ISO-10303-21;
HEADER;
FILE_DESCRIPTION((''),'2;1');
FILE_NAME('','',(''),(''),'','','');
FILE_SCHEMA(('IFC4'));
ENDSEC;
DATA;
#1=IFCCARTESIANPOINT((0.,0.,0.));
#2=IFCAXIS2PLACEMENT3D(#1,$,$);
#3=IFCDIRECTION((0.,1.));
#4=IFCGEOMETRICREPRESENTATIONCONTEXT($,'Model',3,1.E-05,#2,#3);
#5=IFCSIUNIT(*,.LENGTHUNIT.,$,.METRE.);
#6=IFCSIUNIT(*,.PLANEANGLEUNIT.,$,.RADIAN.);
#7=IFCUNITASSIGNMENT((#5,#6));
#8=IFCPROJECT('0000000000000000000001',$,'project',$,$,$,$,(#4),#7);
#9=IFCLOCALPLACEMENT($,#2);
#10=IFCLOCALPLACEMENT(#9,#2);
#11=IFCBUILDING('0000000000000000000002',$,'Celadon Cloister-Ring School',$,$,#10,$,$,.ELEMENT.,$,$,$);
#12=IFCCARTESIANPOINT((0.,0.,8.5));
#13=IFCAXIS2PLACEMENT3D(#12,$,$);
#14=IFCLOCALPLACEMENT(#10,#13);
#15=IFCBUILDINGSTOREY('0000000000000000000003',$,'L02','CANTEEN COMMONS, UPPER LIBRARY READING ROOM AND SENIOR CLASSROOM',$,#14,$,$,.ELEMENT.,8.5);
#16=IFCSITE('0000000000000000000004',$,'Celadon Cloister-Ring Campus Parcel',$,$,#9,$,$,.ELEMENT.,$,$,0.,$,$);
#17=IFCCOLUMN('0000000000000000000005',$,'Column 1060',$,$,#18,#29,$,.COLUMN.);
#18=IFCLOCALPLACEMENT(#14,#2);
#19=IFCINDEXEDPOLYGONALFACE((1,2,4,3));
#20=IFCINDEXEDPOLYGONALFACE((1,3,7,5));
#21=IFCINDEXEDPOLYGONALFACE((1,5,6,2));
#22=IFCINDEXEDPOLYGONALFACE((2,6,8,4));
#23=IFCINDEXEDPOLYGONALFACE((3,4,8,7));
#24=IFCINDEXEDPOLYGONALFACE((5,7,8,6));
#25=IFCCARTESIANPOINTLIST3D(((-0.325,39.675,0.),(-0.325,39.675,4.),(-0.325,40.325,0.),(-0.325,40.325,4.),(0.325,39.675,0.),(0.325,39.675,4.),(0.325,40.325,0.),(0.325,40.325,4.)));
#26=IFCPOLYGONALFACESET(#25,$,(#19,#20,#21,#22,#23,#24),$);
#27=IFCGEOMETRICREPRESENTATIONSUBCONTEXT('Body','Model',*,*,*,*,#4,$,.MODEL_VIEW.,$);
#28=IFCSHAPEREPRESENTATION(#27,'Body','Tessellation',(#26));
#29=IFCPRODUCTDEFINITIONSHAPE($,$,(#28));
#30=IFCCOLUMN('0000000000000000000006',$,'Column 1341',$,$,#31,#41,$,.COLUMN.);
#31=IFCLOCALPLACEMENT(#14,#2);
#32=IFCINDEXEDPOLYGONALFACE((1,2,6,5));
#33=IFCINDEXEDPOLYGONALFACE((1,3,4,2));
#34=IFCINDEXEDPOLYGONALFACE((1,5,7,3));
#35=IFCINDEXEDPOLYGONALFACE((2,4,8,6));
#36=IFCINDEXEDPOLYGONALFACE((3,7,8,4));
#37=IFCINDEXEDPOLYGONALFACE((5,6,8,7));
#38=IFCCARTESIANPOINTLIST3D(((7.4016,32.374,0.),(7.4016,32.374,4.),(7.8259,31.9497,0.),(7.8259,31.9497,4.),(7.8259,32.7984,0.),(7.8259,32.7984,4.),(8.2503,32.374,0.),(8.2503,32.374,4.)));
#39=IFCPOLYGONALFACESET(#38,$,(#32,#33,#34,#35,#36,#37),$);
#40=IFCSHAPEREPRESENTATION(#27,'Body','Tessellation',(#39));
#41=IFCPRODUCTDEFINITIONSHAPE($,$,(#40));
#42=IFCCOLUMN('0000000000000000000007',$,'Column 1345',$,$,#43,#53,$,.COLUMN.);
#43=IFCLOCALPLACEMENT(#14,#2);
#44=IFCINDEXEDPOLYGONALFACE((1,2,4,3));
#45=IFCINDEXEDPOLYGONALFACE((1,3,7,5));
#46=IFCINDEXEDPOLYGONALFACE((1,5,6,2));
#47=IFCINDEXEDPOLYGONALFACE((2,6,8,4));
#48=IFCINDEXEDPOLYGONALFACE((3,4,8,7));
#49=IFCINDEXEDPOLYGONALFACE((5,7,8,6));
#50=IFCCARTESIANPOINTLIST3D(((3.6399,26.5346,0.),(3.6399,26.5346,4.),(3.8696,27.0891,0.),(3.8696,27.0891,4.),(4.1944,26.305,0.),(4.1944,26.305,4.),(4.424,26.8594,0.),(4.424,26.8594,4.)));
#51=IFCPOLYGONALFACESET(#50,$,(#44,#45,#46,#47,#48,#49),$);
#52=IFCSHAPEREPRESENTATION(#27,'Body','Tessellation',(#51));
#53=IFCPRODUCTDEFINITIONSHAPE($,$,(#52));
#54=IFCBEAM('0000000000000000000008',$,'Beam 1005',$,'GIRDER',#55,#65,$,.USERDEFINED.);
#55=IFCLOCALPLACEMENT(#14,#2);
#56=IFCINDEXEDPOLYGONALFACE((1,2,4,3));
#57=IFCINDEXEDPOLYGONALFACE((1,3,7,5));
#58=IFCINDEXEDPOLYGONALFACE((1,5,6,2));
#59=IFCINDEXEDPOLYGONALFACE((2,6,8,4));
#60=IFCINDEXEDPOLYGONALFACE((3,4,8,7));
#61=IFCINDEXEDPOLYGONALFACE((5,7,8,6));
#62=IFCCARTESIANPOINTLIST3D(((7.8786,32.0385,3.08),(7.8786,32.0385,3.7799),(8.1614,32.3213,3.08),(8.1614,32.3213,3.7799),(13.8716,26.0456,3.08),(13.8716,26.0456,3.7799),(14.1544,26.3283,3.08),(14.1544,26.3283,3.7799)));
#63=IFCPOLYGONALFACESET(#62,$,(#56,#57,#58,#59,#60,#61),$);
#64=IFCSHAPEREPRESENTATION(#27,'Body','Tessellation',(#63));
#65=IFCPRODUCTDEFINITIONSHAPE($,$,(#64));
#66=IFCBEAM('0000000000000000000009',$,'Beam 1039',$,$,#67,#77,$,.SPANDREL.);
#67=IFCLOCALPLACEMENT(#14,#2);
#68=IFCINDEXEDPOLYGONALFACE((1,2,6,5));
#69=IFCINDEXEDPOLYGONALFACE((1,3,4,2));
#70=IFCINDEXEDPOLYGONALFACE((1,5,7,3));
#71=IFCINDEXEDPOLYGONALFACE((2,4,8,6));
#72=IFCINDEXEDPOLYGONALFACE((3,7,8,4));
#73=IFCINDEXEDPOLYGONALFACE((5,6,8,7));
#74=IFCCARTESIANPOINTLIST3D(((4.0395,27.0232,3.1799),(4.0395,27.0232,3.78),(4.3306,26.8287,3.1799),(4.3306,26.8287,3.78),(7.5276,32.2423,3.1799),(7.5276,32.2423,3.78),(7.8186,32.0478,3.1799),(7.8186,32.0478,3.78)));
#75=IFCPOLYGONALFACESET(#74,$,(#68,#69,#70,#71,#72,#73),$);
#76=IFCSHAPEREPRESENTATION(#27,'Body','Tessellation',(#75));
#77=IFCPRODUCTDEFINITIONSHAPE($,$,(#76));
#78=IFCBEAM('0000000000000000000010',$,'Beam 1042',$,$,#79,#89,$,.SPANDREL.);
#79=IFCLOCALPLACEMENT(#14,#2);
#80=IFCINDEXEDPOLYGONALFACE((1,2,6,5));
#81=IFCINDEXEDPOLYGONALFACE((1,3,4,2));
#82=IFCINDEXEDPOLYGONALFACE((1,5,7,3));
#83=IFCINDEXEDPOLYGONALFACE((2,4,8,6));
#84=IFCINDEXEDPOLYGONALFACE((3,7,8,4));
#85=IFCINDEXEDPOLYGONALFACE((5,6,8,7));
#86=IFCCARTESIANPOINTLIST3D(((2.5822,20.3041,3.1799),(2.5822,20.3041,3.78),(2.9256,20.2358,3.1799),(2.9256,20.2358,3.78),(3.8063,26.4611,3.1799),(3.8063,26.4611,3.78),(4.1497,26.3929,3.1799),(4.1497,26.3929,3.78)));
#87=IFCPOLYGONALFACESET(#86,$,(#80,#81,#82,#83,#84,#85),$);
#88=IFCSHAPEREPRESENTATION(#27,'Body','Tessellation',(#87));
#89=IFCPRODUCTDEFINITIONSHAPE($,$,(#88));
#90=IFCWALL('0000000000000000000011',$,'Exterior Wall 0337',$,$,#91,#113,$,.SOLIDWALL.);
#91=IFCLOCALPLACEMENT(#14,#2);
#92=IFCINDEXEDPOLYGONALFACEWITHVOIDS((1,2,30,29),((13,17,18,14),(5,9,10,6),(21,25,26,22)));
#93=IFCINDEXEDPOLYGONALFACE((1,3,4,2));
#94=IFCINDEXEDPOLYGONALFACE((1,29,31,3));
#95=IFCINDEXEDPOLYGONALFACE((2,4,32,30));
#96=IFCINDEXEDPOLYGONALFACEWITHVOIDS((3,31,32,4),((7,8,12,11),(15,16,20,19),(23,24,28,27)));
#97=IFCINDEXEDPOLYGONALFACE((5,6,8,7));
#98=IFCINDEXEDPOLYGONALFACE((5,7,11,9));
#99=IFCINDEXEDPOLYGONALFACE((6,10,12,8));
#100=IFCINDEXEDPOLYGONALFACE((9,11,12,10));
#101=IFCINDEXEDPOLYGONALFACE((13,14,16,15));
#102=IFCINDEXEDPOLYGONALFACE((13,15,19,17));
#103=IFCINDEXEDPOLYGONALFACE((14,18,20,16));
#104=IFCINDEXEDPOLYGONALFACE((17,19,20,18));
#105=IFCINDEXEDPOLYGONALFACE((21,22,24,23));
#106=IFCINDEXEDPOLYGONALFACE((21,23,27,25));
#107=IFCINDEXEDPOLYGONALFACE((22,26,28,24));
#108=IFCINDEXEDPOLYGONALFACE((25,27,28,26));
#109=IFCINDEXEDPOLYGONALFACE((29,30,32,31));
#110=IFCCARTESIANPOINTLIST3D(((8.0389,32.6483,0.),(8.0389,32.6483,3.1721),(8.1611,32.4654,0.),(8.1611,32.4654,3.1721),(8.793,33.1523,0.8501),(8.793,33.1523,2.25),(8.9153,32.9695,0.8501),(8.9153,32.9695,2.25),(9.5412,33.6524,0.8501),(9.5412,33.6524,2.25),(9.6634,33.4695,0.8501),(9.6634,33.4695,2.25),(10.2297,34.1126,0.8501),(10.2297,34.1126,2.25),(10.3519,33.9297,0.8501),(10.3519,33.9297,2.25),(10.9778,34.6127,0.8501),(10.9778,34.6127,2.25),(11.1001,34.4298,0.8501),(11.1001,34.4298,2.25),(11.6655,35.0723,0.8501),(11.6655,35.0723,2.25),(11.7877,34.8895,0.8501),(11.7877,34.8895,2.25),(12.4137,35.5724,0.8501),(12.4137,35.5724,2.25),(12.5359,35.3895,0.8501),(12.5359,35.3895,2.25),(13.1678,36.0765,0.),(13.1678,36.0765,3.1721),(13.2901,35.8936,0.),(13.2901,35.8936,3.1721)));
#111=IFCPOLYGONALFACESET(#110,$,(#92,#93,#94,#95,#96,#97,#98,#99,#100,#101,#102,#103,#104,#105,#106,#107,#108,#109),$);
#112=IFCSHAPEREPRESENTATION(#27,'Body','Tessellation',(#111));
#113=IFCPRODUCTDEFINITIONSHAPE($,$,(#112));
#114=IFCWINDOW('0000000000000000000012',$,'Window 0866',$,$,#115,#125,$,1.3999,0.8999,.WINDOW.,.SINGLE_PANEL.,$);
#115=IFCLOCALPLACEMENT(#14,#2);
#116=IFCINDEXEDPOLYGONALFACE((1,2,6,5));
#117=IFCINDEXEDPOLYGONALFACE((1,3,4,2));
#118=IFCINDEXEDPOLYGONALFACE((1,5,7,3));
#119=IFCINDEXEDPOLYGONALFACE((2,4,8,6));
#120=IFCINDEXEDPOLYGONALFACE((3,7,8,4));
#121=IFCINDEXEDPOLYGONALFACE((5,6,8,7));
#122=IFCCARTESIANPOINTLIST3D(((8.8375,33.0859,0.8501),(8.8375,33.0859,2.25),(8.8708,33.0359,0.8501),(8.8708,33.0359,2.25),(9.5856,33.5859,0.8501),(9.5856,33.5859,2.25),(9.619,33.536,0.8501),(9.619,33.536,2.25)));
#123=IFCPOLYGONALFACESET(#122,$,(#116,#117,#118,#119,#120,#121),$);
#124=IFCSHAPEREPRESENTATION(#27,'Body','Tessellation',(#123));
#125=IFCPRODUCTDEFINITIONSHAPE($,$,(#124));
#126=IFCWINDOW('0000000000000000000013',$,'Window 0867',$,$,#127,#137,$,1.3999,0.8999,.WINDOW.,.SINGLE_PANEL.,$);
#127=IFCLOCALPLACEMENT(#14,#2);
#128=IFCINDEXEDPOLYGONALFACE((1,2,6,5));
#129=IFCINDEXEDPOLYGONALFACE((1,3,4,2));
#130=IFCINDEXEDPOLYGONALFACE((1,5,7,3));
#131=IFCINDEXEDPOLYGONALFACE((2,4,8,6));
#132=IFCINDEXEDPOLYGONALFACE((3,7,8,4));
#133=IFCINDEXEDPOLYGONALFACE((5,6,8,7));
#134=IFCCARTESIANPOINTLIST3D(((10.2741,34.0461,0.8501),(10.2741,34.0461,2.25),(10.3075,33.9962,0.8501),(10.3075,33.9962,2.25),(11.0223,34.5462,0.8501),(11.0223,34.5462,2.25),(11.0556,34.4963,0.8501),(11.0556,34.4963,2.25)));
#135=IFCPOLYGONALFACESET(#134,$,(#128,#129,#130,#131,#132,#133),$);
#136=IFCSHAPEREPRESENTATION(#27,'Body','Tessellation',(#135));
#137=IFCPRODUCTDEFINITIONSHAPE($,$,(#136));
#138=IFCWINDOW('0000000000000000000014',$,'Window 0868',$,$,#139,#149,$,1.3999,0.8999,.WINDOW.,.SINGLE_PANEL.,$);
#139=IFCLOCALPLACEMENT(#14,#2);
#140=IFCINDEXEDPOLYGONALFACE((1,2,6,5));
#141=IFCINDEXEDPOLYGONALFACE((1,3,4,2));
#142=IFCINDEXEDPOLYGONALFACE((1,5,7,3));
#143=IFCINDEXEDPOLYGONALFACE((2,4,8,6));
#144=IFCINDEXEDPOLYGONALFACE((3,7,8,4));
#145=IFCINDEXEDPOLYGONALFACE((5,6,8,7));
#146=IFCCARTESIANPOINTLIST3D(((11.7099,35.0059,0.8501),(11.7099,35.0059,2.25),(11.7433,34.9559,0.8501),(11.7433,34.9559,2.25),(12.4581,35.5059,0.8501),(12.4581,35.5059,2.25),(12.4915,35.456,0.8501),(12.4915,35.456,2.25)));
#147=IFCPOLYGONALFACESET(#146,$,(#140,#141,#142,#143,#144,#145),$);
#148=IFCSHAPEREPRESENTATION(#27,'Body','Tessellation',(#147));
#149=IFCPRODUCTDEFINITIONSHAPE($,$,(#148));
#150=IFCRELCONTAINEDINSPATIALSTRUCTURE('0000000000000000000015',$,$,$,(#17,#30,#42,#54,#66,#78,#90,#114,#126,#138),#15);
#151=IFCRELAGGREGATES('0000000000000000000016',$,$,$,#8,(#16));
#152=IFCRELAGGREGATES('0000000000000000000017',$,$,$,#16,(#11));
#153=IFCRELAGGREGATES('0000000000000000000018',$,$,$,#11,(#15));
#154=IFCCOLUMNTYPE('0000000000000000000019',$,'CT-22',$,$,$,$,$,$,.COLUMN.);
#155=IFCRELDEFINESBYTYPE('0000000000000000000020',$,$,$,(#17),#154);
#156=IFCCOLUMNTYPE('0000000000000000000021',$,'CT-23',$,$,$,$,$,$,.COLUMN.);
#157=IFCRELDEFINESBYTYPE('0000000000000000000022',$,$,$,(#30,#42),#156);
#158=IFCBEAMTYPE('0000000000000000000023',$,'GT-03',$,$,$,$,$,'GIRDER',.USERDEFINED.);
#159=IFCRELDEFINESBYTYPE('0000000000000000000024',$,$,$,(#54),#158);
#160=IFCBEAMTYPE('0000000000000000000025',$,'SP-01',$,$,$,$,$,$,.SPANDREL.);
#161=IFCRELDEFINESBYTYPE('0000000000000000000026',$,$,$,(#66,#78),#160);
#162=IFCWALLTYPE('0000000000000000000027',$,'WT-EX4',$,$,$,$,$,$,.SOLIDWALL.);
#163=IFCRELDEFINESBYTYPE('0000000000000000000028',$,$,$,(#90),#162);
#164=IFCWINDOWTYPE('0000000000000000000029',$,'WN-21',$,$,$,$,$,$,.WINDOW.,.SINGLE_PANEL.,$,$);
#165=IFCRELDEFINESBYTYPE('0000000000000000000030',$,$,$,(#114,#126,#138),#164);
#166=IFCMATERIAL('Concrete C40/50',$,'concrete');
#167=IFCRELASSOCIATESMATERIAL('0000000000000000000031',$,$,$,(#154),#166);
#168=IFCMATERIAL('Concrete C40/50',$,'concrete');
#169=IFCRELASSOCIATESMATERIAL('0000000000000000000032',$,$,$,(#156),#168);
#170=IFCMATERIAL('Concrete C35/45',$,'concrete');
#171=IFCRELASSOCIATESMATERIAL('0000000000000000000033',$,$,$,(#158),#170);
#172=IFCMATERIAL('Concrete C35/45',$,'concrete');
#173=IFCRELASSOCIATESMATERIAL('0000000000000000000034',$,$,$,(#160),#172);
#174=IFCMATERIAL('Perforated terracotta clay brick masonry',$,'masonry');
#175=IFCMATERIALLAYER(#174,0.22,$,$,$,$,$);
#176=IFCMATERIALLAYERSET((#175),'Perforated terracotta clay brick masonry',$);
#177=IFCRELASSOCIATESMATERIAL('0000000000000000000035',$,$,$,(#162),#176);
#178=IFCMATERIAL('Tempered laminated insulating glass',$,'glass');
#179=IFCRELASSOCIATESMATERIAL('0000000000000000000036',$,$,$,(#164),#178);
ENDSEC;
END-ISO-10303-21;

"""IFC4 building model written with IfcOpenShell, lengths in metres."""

from ifc_helpers import new_model, si_unit, direction, frame, frame_2d, origin, origin_2d, place, context, subcontext, project, spatial, rectangle, extrude, material, layer, layer_set, material_profile, profile_set, type_object, element, fill, save


model = new_model("IFC4")

# Units and contexts
model_context = context("Model", 3, precision=1e-05, world=origin(), true_north=direction((0.0, 1.0)))
body_context = subcontext(model_context, "Body", "Model", "MODEL_VIEW")
ifc_project = project(units=[si_unit("LENGTHUNIT", "METRE"), si_unit("PLANEANGLEUNIT", "RADIAN")], contexts=[model_context])

# Site, building, storey
site_placement = place(None, origin())
site = spatial("IfcSite", under=ifc_project, at=site_placement, Name="Celadon Cloister-Ring Campus Parcel", CompositionType="ELEMENT", RefElevation=0.0)
building_placement = place(site_placement, origin())
building = spatial("IfcBuilding", under=site, at=building_placement, Name="Celadon Cloister-Ring School", CompositionType="ELEMENT")
storey_placement = place(building_placement, frame((0.0, 0.0, 8.5)))
storey = spatial("IfcBuildingStorey", under=building, at=storey_placement, Name="L02", Description="CANTEEN COMMONS, UPPER LIBRARY READING ROOM AND SENIOR CLASSROOM", CompositionType="ELEMENT", Elevation=8.5)

# Columns
ifc_material_1 = material(Name="Concrete C40/50", Category="concrete")
ifc_material_profile_1 = material_profile(ifc_material_1, rectangle(XDim=0.6499, YDim=0.6499, at=origin_2d()), Name="RC650X650")
ifc_profile_set_1 = profile_set([ifc_material_profile_1], Name="Concrete C40/50")
column_type_1 = type_object("IfcColumnType", Name="CT-22", PredefinedType="COLUMN", material=ifc_profile_set_1)
column_placement = place(storey_placement, frame((0.0, 40.0, 0.0), z_axis=(0.0, 0.0, 1.0), x_axis=(1.0, 0.0, 0.0)))
element("IfcColumn", 1, at=column_placement, inside=storey, type_object=column_type_1, Name="Column 1060", PredefinedType="COLUMN", context=body_context, shape_type="SweptSolid", body=[
    extrude(rectangle(XDim=0.6499, YDim=0.6499, at=origin_2d()), origin(), (0.0, 0.0, 1.0), 4.0),
])
ifc_material_2 = material(Name="Concrete C40/50", Category="concrete")
ifc_material_profile_2 = material_profile(ifc_material_2, rectangle(XDim=0.6001, YDim=0.6001, at=origin_2d()), Name="RC600X600")
ifc_profile_set_2 = profile_set([ifc_material_profile_2], Name="Concrete C40/50")
column_type_2 = type_object("IfcColumnType", Name="CT-23", PredefinedType="COLUMN", material=ifc_profile_set_2)
for number, where, z_axis, x_axis, name in (
    (2, (7.8259, 32.374, 0.0), (0.0, 0.0, 1.0), (-0.707107, 0.707107, 0.0), "Column 1341"),
    (3, (4.032, 26.697, 0.0), (0.0, 0.0, 1.0), (-0.92388, 0.382683, 0.0), "Column 1345"),
):
    element("IfcColumn", number, at=place(storey_placement, frame(where, z_axis=z_axis, x_axis=x_axis)), inside=storey, type_object=column_type_2, Name=name, PredefinedType="COLUMN", context=body_context, shape_type="SweptSolid", body=[
        extrude(rectangle(XDim=0.6001, YDim=0.6001, at=origin_2d()), origin(), (0.0, 0.0, 1.0), 4.0),
    ])

# Beams
ifc_material_3 = material(Name="Concrete C35/45", Category="concrete")
ifc_material_profile_3 = material_profile(ifc_material_3, rectangle(XDim=0.3999, YDim=0.7, at=origin_2d()), Name="RC400X700")
ifc_profile_set_3 = profile_set([ifc_material_profile_3], Name="Concrete C35/45")
beam_type_1 = type_object("IfcBeamType", Name="GT-03", ElementType="GIRDER", PredefinedType="USERDEFINED", material=ifc_profile_set_3)
beam_1_placement = place(storey_placement, frame((8.02, 32.1799, 3.4299), z_axis=(0.707107, -0.707107, 0.0), x_axis=(0.707107, 0.707107, 0.0)))
element("IfcBeam", 4, at=beam_1_placement, inside=storey, type_object=beam_type_1, Name="Beam 1005", ObjectType="GIRDER", PredefinedType="USERDEFINED", context=body_context, shape_type="SweptSolid", body=[
    extrude(rectangle(XDim=0.3999, YDim=0.7, at=origin_2d()), origin(), (0.0, 0.0, 1.0), 8.4753),
])
ifc_material_4 = material(Name="Concrete C35/45", Category="concrete")
ifc_material_profile_4 = material_profile(ifc_material_4, rectangle(XDim=0.3501, YDim=0.6001, at=origin_2d()), Name="RC350X600")
ifc_profile_set_4 = profile_set([ifc_material_profile_4], Name="Concrete C35/45")
beam_type_2 = type_object("IfcBeamType", Name="SP-01", PredefinedType="SPANDREL", material=ifc_profile_set_4)
beam_2_placement = place(storey_placement, frame((7.6731, 32.145, 3.48), z_axis=(-0.55566, -0.83141, 0.0), x_axis=(0.83141, -0.55566, 0.0)))
element("IfcBeam", 5, at=beam_2_placement, inside=storey, type_object=beam_type_2, Name="Beam 1039", PredefinedType="SPANDREL", context=body_context, shape_type="SweptSolid", body=[
    extrude(rectangle(XDim=0.3501, YDim=0.6001, at=origin_2d()), origin(), (0.0, 0.0, 1.0), 6.2773),
])
beam_3_placement = place(storey_placement, frame((3.978, 26.427, 3.48), z_axis=(-0.195002, -0.980803, 0.0), x_axis=(0.980803, -0.195002, 0.0)))
element("IfcBeam", 6, at=beam_3_placement, inside=storey, type_object=beam_type_2, Name="Beam 1042", PredefinedType="SPANDREL", context=body_context, shape_type="SweptSolid", body=[
    extrude(rectangle(XDim=0.3501, YDim=0.6001, at=origin_2d()), origin(), (0.0, 0.0, 1.0), 6.2776),
])

# Wall, openings, windows
ifc_material_5 = material(Name="Perforated terracotta clay brick masonry", Category="masonry")
ifc_layer_1 = layer(ifc_material_5, 0.22)
ifc_layer_set_1 = layer_set([ifc_layer_1], Name="Perforated terracotta clay brick masonry")
wall_type = type_object("IfcWallType", Name="WT-EX4", PredefinedType="SOLIDWALL", material=ifc_layer_set_1)
wall_1_placement = place(storey_placement, frame((8.1001, 32.5569, 0.0), z_axis=(0.0, 0.0, 1.0), x_axis=(0.83138, 0.555704, 0.0)))
wall_1 = element("IfcWall", 7, at=wall_1_placement, inside=storey, type_object=wall_type, Name="Exterior Wall 0337", PredefinedType="SOLIDWALL", context=body_context, shape_type="SweptSolid", body=[
    extrude(rectangle(XDim=6.1692, YDim=0.22, at=frame_2d((3.0845, 0.0))), origin(), (0.0, 0.0, 1.0), 3.1721),
])
opening_1_placement = place(wall_1_placement, frame((0.907, 0.0, 0.8501)))
opening_1 = element("IfcOpeningElement", 8, at=opening_1_placement, cuts=wall_1, PredefinedType="OPENING", context=body_context, shape_type="SweptSolid", body=[
    extrude(rectangle(XDim=0.8999, YDim=1.3999, at=frame_2d((0.45, 0.7))), frame((0.0, 0.1201, 0.0), z_axis=(0.0, -1.0, 0.0), x_axis=(1.0, 0.0, 0.0)), (0.0, 0.0, 1.0), 0.24),
])
opening_2_placement = place(wall_1_placement, frame((2.635, 0.0, 0.8501)))
opening_2 = element("IfcOpeningElement", 9, at=opening_2_placement, cuts=wall_1, PredefinedType="OPENING", context=body_context, shape_type="SweptSolid", body=[
    extrude(rectangle(XDim=0.8999, YDim=1.3999, at=frame_2d((0.45, 0.7))), frame((0.0, 0.1201, 0.0), z_axis=(0.0, -1.0, 0.0), x_axis=(1.0, 0.0, 0.0)), (0.0, 0.0, 1.0), 0.24),
])
opening_3_placement = place(wall_1_placement, frame((4.3621, 0.0, 0.8501)))
opening_3 = element("IfcOpeningElement", 10, at=opening_3_placement, cuts=wall_1, PredefinedType="OPENING", context=body_context, shape_type="SweptSolid", body=[
    extrude(rectangle(XDim=0.8999, YDim=1.3999, at=frame_2d((0.45, 0.7))), frame((0.0, 0.1201, 0.0), z_axis=(0.0, -1.0, 0.0), x_axis=(1.0, 0.0, 0.0)), (0.0, 0.0, 1.0), 0.24),
])
ifc_material_6 = material(Name="Tempered laminated insulating glass", Category="glass")
window_type = type_object("IfcWindowType", Name="WN-21", PartitioningType="SINGLE_PANEL", PredefinedType="WINDOW", material=ifc_material_6)
window_1_placement = place(opening_1_placement, origin())
window_1 = element("IfcWindow", 11, at=window_1_placement, inside=storey, type_object=window_type, Name="Window 0866", OverallHeight=1.3999, OverallWidth=0.8999, PartitioningType="SINGLE_PANEL", PredefinedType="WINDOW", context=body_context, shape_type="SweptSolid", body=[
    extrude(rectangle(XDim=0.8999, YDim=1.3999, at=frame_2d((0.45, 0.7))), frame((0.0, 0.03, 0.0), z_axis=(0.0, -1.0, 0.0), x_axis=(1.0, 0.0, 0.0)), (0.0, 0.0, 1.0), 0.0601),
])
fill(opening_1, window_1)
window_2_placement = place(opening_2_placement, origin())
window_2 = element("IfcWindow", 12, at=window_2_placement, inside=storey, type_object=window_type, Name="Window 0867", OverallHeight=1.3999, OverallWidth=0.8999, PartitioningType="SINGLE_PANEL", PredefinedType="WINDOW", context=body_context, shape_type="SweptSolid", body=[
    extrude(rectangle(XDim=0.8999, YDim=1.3999, at=frame_2d((0.45, 0.7))), frame((0.0, 0.03, 0.0), z_axis=(0.0, -1.0, 0.0), x_axis=(1.0, 0.0, 0.0)), (0.0, 0.0, 1.0), 0.0601),
])
fill(opening_2, window_2)
window_3_placement = place(opening_3_placement, origin())
window_3 = element("IfcWindow", 13, at=window_3_placement, inside=storey, type_object=window_type, Name="Window 0868", OverallHeight=1.3999, OverallWidth=0.8999, PartitioningType="SINGLE_PANEL", PredefinedType="WINDOW", context=body_context, shape_type="SweptSolid", body=[
    extrude(rectangle(XDim=0.8999, YDim=1.3999, at=frame_2d((0.45, 0.7))), frame((0.0, 0.03, 0.0), z_axis=(0.0, -1.0, 0.0), x_axis=(1.0, 0.0, 0.0)), (0.0, 0.0, 1.0), 0.0601),
])
fill(opening_3, window_3)

save(model, "model.ifc")
